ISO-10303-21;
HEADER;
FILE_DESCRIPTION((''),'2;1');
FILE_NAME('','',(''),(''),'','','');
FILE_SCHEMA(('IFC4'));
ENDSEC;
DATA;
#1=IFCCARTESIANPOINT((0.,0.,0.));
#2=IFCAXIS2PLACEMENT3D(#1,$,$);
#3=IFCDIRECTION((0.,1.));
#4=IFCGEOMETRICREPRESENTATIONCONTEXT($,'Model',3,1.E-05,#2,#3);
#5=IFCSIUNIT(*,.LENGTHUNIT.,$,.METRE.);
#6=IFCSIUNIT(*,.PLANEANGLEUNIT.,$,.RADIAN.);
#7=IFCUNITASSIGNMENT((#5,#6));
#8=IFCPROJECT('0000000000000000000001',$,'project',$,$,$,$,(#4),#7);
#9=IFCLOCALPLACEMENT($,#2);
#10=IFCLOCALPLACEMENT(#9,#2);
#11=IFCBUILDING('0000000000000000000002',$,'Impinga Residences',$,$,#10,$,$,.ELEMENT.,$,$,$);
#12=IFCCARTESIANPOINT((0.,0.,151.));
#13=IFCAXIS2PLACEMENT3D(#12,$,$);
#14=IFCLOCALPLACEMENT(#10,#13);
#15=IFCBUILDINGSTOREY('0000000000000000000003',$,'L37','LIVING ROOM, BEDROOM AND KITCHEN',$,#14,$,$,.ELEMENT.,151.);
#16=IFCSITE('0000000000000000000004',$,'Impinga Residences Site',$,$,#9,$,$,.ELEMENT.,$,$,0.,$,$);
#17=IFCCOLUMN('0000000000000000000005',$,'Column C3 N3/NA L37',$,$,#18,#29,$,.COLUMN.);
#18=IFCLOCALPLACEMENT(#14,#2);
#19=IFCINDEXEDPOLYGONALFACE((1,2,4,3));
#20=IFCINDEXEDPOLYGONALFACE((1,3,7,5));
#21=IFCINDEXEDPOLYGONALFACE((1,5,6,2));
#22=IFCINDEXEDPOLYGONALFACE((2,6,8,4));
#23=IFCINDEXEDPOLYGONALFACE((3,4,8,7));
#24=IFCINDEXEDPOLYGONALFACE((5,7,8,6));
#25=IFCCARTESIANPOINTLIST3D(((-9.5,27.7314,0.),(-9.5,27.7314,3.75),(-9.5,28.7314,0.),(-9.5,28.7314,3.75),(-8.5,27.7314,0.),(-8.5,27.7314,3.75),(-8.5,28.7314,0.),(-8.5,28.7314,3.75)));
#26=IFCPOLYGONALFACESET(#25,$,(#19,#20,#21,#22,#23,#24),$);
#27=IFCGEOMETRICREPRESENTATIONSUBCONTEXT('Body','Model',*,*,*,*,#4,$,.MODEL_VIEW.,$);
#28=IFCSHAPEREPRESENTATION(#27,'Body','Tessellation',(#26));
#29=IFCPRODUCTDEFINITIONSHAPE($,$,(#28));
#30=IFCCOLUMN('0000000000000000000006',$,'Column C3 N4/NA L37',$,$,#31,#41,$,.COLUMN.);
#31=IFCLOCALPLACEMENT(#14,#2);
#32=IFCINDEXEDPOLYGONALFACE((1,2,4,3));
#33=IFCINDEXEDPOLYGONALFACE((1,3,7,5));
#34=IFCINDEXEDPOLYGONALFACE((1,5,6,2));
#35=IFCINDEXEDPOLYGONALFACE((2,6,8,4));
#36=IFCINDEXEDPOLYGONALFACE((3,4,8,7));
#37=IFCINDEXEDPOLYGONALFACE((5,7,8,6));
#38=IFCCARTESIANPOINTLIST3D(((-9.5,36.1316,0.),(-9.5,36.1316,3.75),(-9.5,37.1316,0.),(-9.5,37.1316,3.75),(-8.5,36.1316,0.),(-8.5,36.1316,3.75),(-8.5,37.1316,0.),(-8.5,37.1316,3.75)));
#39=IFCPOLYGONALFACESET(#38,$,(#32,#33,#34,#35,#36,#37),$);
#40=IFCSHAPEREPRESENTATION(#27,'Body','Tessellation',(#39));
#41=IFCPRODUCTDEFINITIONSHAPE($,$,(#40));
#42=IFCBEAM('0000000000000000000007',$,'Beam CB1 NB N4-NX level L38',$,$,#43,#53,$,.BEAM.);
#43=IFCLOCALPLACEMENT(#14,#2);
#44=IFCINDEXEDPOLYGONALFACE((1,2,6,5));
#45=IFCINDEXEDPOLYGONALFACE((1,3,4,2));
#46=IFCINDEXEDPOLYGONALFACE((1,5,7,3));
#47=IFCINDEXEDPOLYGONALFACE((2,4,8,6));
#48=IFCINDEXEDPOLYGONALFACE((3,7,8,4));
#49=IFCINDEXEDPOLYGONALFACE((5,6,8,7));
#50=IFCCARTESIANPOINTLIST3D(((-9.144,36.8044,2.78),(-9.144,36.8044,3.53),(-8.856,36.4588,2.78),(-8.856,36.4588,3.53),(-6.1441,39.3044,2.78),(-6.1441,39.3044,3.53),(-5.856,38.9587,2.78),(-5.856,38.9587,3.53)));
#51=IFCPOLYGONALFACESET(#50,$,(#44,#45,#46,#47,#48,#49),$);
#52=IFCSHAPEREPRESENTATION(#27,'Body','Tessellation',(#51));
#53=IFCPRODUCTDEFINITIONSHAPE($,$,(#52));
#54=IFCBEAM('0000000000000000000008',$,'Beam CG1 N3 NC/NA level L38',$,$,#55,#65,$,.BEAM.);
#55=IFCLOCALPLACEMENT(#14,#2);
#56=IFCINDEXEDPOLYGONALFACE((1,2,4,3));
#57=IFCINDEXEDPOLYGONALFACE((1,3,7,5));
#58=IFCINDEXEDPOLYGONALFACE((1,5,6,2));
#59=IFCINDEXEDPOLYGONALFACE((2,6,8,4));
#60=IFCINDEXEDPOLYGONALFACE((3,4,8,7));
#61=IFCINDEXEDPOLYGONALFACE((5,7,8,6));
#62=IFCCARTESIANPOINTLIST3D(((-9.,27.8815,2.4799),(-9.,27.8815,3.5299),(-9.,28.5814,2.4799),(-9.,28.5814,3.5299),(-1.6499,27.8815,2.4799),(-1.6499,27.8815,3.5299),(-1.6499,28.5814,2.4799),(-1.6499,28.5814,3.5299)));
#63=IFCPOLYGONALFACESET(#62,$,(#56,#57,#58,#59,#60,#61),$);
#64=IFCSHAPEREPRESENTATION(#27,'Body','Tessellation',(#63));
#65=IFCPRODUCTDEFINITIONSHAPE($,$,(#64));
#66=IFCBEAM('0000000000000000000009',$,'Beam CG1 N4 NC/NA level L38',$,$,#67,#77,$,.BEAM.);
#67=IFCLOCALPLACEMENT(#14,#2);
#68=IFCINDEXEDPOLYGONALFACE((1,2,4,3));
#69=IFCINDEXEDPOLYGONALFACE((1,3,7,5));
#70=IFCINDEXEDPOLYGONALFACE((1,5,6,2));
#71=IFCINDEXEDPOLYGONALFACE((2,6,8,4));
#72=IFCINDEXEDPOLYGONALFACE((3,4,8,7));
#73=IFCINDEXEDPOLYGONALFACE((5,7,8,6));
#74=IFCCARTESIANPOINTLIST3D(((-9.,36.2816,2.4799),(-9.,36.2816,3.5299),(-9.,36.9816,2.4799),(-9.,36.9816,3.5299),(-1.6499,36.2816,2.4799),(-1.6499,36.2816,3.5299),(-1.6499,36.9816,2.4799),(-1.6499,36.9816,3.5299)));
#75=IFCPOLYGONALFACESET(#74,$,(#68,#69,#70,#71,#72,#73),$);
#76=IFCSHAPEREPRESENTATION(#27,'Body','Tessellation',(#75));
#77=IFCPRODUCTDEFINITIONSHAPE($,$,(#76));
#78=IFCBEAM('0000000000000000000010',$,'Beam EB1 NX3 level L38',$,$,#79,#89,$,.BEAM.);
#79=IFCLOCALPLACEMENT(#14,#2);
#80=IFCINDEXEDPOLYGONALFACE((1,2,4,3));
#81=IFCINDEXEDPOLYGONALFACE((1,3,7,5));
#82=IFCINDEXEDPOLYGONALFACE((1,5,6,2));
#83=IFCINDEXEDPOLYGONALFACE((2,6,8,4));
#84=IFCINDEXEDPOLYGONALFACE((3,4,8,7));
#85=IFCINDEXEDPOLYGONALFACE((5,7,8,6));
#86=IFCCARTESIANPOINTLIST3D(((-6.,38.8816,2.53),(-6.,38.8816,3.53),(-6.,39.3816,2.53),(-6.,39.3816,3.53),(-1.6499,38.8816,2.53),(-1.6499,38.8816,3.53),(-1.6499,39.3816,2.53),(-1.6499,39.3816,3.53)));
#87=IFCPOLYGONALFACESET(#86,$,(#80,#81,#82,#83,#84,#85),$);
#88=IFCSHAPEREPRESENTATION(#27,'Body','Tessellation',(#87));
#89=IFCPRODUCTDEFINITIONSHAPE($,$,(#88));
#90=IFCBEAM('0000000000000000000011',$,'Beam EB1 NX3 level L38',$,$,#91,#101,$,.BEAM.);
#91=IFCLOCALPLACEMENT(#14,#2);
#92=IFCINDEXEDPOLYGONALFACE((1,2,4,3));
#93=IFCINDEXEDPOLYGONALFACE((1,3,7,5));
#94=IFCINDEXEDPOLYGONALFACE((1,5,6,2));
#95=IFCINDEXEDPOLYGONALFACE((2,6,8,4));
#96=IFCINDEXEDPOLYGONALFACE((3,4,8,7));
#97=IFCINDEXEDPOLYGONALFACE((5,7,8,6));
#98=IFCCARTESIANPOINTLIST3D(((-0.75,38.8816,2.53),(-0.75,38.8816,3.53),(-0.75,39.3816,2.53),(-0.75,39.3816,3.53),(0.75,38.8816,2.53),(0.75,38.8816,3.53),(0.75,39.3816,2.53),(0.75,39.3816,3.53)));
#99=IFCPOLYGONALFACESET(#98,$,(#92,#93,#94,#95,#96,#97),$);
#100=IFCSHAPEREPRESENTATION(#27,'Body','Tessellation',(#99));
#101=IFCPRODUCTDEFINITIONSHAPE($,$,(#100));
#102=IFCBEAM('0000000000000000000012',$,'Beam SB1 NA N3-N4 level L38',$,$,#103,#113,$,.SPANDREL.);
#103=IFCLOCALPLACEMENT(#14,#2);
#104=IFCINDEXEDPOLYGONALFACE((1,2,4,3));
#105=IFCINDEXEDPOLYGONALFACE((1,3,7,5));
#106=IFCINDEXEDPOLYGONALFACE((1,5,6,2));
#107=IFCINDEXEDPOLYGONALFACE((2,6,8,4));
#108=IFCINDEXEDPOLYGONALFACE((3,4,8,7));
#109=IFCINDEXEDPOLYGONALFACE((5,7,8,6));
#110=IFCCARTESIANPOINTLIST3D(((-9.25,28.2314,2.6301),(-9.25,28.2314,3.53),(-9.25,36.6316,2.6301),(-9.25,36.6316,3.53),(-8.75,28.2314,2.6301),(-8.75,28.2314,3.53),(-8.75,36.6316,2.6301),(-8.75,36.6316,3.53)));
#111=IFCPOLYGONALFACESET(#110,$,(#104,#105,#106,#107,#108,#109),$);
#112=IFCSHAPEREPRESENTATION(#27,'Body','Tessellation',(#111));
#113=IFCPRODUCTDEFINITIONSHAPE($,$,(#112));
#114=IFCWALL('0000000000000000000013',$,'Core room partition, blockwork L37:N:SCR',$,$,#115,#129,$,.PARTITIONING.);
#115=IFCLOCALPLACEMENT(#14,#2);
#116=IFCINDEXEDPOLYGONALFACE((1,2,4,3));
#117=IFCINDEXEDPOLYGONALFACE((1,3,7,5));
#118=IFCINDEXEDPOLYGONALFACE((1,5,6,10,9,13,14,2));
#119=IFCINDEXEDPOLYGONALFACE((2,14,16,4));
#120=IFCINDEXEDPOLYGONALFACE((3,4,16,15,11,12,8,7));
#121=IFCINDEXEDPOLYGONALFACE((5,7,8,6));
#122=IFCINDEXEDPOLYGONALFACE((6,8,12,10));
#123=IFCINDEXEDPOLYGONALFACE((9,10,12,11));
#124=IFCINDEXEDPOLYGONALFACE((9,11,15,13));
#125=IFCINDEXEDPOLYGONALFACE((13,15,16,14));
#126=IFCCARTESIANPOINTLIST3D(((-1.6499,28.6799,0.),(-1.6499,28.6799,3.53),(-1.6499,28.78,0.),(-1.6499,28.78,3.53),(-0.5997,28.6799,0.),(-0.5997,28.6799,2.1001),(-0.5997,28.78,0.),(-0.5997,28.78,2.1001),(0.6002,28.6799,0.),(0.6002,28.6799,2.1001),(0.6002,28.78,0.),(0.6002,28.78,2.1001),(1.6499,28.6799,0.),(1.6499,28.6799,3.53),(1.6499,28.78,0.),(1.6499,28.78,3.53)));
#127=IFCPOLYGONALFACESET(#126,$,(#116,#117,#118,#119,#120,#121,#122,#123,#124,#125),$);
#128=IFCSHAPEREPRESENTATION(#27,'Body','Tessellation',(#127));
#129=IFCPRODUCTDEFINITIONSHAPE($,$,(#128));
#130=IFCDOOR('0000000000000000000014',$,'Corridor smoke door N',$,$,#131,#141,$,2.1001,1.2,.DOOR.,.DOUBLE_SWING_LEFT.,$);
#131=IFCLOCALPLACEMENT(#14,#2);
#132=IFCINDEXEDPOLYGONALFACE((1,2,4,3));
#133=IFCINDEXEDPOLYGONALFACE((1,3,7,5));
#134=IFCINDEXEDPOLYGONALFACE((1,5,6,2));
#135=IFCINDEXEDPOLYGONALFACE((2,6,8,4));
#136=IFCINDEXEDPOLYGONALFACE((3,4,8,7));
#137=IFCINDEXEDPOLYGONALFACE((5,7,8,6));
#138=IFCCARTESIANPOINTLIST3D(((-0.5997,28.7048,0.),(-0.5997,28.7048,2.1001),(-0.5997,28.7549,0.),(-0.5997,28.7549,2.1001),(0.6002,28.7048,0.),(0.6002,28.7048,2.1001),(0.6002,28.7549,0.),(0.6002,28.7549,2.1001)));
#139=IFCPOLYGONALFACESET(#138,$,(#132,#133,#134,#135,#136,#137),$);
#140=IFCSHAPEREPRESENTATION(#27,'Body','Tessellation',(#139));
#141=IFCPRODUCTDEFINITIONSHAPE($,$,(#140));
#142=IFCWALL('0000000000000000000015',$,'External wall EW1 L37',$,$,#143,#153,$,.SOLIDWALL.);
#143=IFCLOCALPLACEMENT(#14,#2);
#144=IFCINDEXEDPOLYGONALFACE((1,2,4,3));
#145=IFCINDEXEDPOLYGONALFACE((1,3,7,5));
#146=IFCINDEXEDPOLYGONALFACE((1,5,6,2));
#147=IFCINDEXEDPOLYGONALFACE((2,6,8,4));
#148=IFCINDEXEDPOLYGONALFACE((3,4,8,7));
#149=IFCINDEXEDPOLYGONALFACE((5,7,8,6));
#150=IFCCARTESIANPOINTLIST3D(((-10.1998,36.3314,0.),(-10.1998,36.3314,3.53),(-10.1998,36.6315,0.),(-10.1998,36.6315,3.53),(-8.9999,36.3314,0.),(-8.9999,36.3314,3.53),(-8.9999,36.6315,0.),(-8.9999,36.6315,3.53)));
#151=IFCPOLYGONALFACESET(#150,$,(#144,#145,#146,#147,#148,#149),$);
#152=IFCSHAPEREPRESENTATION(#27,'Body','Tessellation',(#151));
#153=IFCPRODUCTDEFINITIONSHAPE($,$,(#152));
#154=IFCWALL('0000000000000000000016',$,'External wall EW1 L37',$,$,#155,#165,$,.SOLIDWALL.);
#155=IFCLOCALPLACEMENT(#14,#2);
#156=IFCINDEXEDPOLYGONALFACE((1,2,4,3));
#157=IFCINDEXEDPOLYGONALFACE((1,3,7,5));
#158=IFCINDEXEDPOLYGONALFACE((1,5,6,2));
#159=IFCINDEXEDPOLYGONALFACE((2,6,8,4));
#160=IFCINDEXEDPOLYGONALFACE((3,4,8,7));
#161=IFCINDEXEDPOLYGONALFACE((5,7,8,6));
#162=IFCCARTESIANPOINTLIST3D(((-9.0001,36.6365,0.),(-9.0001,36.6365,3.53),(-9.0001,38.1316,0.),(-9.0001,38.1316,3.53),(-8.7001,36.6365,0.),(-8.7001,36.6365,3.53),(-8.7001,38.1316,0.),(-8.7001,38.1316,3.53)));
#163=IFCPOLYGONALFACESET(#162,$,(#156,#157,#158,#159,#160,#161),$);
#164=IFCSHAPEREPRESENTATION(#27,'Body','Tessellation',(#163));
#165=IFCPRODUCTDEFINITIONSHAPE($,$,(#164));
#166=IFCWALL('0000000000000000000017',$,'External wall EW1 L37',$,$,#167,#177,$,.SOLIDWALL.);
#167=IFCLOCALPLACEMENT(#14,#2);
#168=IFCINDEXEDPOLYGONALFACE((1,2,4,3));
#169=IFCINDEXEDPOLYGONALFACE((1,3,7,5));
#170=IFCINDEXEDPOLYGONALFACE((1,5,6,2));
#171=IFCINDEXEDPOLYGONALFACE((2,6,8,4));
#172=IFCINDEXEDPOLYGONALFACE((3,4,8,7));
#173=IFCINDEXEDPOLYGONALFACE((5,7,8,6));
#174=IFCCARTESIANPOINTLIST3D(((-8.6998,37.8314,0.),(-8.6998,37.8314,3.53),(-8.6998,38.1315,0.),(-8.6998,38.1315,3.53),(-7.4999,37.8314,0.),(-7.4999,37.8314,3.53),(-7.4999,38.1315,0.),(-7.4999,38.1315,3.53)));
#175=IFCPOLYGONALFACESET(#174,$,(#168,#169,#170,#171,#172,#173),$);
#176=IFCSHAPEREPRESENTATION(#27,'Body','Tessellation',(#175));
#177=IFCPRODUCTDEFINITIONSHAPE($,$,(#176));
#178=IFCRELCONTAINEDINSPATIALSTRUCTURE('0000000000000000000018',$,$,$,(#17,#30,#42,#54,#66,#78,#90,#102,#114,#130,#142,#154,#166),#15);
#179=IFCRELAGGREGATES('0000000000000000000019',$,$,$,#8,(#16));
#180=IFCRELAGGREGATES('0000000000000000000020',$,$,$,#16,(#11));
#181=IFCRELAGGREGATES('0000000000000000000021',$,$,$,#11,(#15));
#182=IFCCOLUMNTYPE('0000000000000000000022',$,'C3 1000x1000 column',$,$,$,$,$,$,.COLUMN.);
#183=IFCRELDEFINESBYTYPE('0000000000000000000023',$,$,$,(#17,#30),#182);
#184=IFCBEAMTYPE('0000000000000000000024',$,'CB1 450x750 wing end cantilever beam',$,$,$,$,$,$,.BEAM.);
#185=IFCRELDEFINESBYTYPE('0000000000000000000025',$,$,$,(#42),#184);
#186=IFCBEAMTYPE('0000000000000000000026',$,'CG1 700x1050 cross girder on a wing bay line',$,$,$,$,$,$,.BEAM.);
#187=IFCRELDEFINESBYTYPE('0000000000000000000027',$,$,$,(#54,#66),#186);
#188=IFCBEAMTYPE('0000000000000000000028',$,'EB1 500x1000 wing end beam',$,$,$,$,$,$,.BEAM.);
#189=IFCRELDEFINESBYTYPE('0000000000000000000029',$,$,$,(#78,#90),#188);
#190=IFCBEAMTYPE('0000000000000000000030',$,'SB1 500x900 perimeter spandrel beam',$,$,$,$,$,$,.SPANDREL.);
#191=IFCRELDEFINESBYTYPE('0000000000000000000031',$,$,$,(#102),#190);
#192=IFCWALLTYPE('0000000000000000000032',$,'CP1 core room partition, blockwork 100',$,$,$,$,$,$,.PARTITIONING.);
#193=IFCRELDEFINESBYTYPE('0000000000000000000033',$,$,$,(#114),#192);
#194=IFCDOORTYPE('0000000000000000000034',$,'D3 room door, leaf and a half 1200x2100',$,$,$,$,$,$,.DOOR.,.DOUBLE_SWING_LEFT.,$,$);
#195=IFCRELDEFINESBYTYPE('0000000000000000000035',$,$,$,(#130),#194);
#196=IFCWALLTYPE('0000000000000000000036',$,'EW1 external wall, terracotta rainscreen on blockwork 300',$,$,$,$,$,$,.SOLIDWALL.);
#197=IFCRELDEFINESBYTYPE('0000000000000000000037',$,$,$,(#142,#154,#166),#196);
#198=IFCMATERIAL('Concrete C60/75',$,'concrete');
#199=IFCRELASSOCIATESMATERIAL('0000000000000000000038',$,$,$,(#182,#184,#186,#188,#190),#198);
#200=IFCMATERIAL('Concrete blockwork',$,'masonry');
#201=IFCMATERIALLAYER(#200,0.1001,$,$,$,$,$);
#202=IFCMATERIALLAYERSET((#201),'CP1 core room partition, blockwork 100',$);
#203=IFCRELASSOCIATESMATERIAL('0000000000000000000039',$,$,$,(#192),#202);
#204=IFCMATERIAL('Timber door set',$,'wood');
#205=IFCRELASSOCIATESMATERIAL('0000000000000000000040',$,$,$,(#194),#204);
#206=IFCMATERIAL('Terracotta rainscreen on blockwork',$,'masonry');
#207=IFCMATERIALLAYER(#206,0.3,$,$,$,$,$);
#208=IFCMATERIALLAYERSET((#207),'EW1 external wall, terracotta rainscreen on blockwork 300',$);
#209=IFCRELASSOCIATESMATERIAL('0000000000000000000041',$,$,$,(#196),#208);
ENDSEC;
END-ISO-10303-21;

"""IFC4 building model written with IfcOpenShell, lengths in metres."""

from ifc_helpers import new_model, si_unit, direction, frame, frame_2d, origin, origin_2d, place, context, subcontext, project, spatial, rectangle, extrude, material, layer, layer_set, material_profile, profile_set, type_object, element, fill, save


model = new_model("IFC4")

# Units and contexts
model_context = context("Model", 3, precision=1e-05, world=origin(), true_north=direction((0.0, 1.0)))
body_context = subcontext(model_context, "Body", "Model", "MODEL_VIEW")
ifc_project = project(units=[si_unit("LENGTHUNIT", "METRE"), si_unit("PLANEANGLEUNIT", "RADIAN")], contexts=[model_context])

# Site, building, storey
site_placement = place(None, origin())
site = spatial("IfcSite", under=ifc_project, at=site_placement, Name="Impinga Residences Site", CompositionType="ELEMENT", RefElevation=0.0)
building_placement = place(site_placement, origin())
building = spatial("IfcBuilding", under=site, at=building_placement, Name="Impinga Residences", CompositionType="ELEMENT")
storey_placement = place(building_placement, frame((0.0, 0.0, 151.0)))
storey = spatial("IfcBuildingStorey", under=building, at=storey_placement, Name="L37", Description="LIVING ROOM, BEDROOM AND KITCHEN", CompositionType="ELEMENT", Elevation=151.0)

# Columns
ifc_material_1 = material(Name="Concrete C60/75", Category="concrete")
ifc_material_profile_1 = material_profile(ifc_material_1, rectangle(XDim=1.0, YDim=1.0, at=origin_2d()), Name="RC 1000x1000")
ifc_profile_set_1 = profile_set([ifc_material_profile_1], Name="Concrete C60/75")
column_type = type_object("IfcColumnType", Name="C3 1000x1000 column", PredefinedType="COLUMN", material=ifc_profile_set_1)
for number, where, z_axis, x_axis, name in (
    (1, (-9.0, 28.2314, 0.0), (0.0, 0.0, 1.0), (1.0, 0.0, 0.0), "Column C3 N3/NA L37"),
    (2, (-9.0, 36.6316, 0.0), (0.0, 0.0, 1.0), (1.0, 0.0, 0.0), "Column C3 N4/NA L37"),
):
    element("IfcColumn", number, at=place(storey_placement, frame(where, z_axis=z_axis, x_axis=x_axis)), inside=storey, type_object=column_type, Name=name, PredefinedType="COLUMN", context=body_context, shape_type="SweptSolid", body=[
        extrude(rectangle(XDim=1.0, YDim=1.0, at=origin_2d()), origin(), (0.0, 0.0, 1.0), 3.75),
    ])

# Beams
ifc_material_profile_2 = material_profile(ifc_material_1, rectangle(XDim=0.45, YDim=0.75, at=origin_2d()), Name="RC 450x750")
ifc_profile_set_2 = profile_set([ifc_material_profile_2], Name="Concrete C60/75")
beam_type_1 = type_object("IfcBeamType", Name="CB1 450x750 wing end cantilever beam", PredefinedType="BEAM", material=ifc_profile_set_2)
beam_1_placement = place(storey_placement, frame((-9.0, 36.6316, 3.155), z_axis=(0.768221, 0.640184, 0.0), x_axis=(-0.640184, 0.768221, 0.0)))
element("IfcBeam", 3, at=beam_1_placement, inside=storey, type_object=beam_type_1, Name="Beam CB1 NB N4-NX level L38", PredefinedType="BEAM", context=body_context, shape_type="SweptSolid", body=[
    extrude(rectangle(XDim=0.45, YDim=0.75, at=origin_2d()), origin(), (0.0, 0.0, 1.0), 3.905),
])
ifc_material_profile_3 = material_profile(ifc_material_1, rectangle(XDim=0.7, YDim=1.05, at=origin_2d()), Name="RC 700x1050")
ifc_profile_set_3 = profile_set([ifc_material_profile_3], Name="Concrete C60/75")
beam_type_2 = type_object("IfcBeamType", Name="CG1 700x1050 cross girder on a wing bay line", PredefinedType="BEAM", material=ifc_profile_set_3)
for number, where, z_axis, x_axis, name in (
    (4, (-1.6499, 28.2314, 3.0049), (-1.0, 0.0, 0.0), (0.0, -1.0, 0.0), "Beam CG1 N3 NC/NA level L38"),
    (5, (-1.6499, 36.6316, 3.0049), (-1.0, 0.0, 0.0), (0.0, -1.0, 0.0), "Beam CG1 N4 NC/NA level L38"),
):
    element("IfcBeam", number, at=place(storey_placement, frame(where, z_axis=z_axis, x_axis=x_axis)), inside=storey, type_object=beam_type_2, Name=name, PredefinedType="BEAM", context=body_context, shape_type="SweptSolid", body=[
        extrude(rectangle(XDim=0.7, YDim=1.05, at=origin_2d()), origin(), (0.0, 0.0, 1.0), 7.3501),
    ])
ifc_material_profile_4 = material_profile(ifc_material_1, rectangle(XDim=0.5, YDim=1.0, at=origin_2d()), Name="RC 500x1000")
ifc_profile_set_4 = profile_set([ifc_material_profile_4], Name="Concrete C60/75")
beam_type_3 = type_object("IfcBeamType", Name="EB1 500x1000 wing end beam", PredefinedType="BEAM", material=ifc_profile_set_4)
beam_2_placement = place(storey_placement, frame((-6.0, 39.1316, 3.03), z_axis=(1.0, 0.0, 0.0), x_axis=(0.0, 1.0, 0.0)))
element("IfcBeam", 6, at=beam_2_placement, inside=storey, type_object=beam_type_3, Name="Beam EB1 NX3 level L38", PredefinedType="BEAM", context=body_context, shape_type="SweptSolid", body=[
    extrude(rectangle(XDim=0.5, YDim=1.0, at=origin_2d()), origin(), (0.0, 0.0, 1.0), 4.3501),
])
beam_3_placement = place(storey_placement, frame((-0.75, 39.1316, 3.03), z_axis=(1.0, 0.0, 0.0), x_axis=(0.0, 1.0, 0.0)))
element("IfcBeam", 7, at=beam_3_placement, inside=storey, type_object=beam_type_3, Name="Beam EB1 NX3 level L38", PredefinedType="BEAM", context=body_context, shape_type="SweptSolid", body=[
    extrude(rectangle(XDim=0.5, YDim=1.0, at=origin_2d()), origin(), (0.0, 0.0, 1.0), 1.5),
])
ifc_material_profile_5 = material_profile(ifc_material_1, rectangle(XDim=0.5, YDim=0.8999, at=origin_2d()), Name="RC 500x900")
ifc_profile_set_5 = profile_set([ifc_material_profile_5], Name="Concrete C60/75")
beam_type_4 = type_object("IfcBeamType", Name="SB1 500x900 perimeter spandrel beam", PredefinedType="SPANDREL", material=ifc_profile_set_5)
beam_4_placement = place(storey_placement, frame((-9.0, 28.2314, 3.0801), z_axis=(0.0, 1.0, 0.0), x_axis=(-1.0, 0.0, 0.0)))
element("IfcBeam", 8, at=beam_4_placement, inside=storey, type_object=beam_type_4, Name="Beam SB1 NA N3-N4 level L38", PredefinedType="SPANDREL", context=body_context, shape_type="SweptSolid", body=[
    extrude(rectangle(XDim=0.5, YDim=0.8999, at=origin_2d()), origin(), (0.0, 0.0, 1.0), 8.4001),
])

# Wall, opening, door
ifc_material_2 = material(Name="Concrete blockwork", Category="masonry")
ifc_layer_1 = layer(ifc_material_2, 0.1001)
ifc_layer_set_1 = layer_set([ifc_layer_1], Name="CP1 core room partition, blockwork 100")
wall_type_1 = type_object("IfcWallType", Name="CP1 core room partition, blockwork 100", PredefinedType="PARTITIONING", material=ifc_layer_set_1)
wall_1_placement = place(storey_placement, frame((-1.6499, 28.73, 0.0), z_axis=(0.0, 0.0, 1.0), x_axis=(1.0, 0.0, 0.0)))
wall_1 = element("IfcWall", 9, at=wall_1_placement, inside=storey, type_object=wall_type_1, Name="Core room partition, blockwork L37:N:SCR", PredefinedType="PARTITIONING", context=body_context, shape_type="SweptSolid", body=[
    extrude(rectangle(XDim=3.2998, YDim=0.1001, at=frame_2d((1.6499, 0.0))), origin(), (0.0, 0.0, 1.0), 3.53),
])
opening_1_placement = place(wall_1_placement, frame((1.05, 0.0, 0.0)))
opening_1 = element("IfcOpeningElement", 10, at=opening_1_placement, cuts=wall_1, PredefinedType="OPENING", context=body_context, shape_type="SweptSolid", body=[
    extrude(rectangle(XDim=1.2, YDim=2.1001, at=frame_2d((0.6001, 1.05))), frame((0.0, 0.0601, 0.0), z_axis=(0.0, -1.0, 0.0), x_axis=(1.0, 0.0, 0.0)), (0.0, 0.0, 1.0), 0.1201),
])
ifc_material_3 = material(Name="Timber door set", Category="wood")
door_type_1 = type_object("IfcDoorType", Name="D3 room door, leaf and a half 1200x2100", OperationType="DOUBLE_SWING_LEFT", PredefinedType="DOOR", material=ifc_material_3)
door_1_placement = place(opening_1_placement, origin())
door_1 = element("IfcDoor", 11, at=door_1_placement, inside=storey, type_object=door_type_1, Name="Corridor smoke door N", OperationType="DOUBLE_SWING_LEFT", OverallHeight=2.1001, OverallWidth=1.2, PredefinedType="DOOR", context=body_context, shape_type="SweptSolid", body=[
    extrude(rectangle(XDim=1.2, YDim=2.1001, at=frame_2d((0.6001, 1.05))), frame((0.0, 0.0249, 0.0), z_axis=(0.0, -1.0, 0.0), x_axis=(1.0, 0.0, 0.0)), (0.0, 0.0, 1.0), 0.05),
])
fill(opening_1, door_1)

# Walls
ifc_material_4 = material(Name="Terracotta rainscreen on blockwork", Category="masonry")
ifc_layer_2 = layer(ifc_material_4, 0.3)
ifc_layer_set_2 = layer_set([ifc_layer_2], Name="EW1 external wall, terracotta rainscreen on blockwork 300")
wall_type_2 = type_object("IfcWallType", Name="EW1 external wall, terracotta rainscreen on blockwork 300", PredefinedType="SOLIDWALL", material=ifc_layer_set_2)
wall_2_placement = place(storey_placement, frame((-10.2, 36.4814, 0.0), z_axis=(0.0, 0.0, 1.0), x_axis=(1.0, 0.0, 0.0)))
element("IfcWall", 12, at=wall_2_placement, inside=storey, type_object=wall_type_2, Name="External wall EW1 L37", PredefinedType="SOLIDWALL", context=body_context, shape_type="SweptSolid", body=[
    extrude(rectangle(XDim=1.2, YDim=0.3, at=frame_2d((0.6001, 0.0))), origin(), (0.0, 0.0, 1.0), 3.53),
])
wall_3_placement = place(storey_placement, frame((-8.8501, 36.6365, 0.0), z_axis=(0.0, 0.0, 1.0), x_axis=(0.0, 1.0, 0.0)))
element("IfcWall", 13, at=wall_3_placement, inside=storey, type_object=wall_type_2, Name="External wall EW1 L37", PredefinedType="SOLIDWALL", context=body_context, shape_type="SweptSolid", body=[
    extrude(rectangle(XDim=1.4951, YDim=0.3, at=frame_2d((0.7476, 0.0))), origin(), (0.0, 0.0, 1.0), 3.53),
])
wall_4_placement = place(storey_placement, frame((-8.7, 37.9814, 0.0), z_axis=(0.0, 0.0, 1.0), x_axis=(1.0, 0.0, 0.0)))
element("IfcWall", 14, at=wall_4_placement, inside=storey, type_object=wall_type_2, Name="External wall EW1 L37", PredefinedType="SOLIDWALL", context=body_context, shape_type="SweptSolid", body=[
    extrude(rectangle(XDim=1.2, YDim=0.3, at=frame_2d((0.6001, 0.0))), origin(), (0.0, 0.0, 1.0), 3.53),
])

save(model, "model.ifc")
